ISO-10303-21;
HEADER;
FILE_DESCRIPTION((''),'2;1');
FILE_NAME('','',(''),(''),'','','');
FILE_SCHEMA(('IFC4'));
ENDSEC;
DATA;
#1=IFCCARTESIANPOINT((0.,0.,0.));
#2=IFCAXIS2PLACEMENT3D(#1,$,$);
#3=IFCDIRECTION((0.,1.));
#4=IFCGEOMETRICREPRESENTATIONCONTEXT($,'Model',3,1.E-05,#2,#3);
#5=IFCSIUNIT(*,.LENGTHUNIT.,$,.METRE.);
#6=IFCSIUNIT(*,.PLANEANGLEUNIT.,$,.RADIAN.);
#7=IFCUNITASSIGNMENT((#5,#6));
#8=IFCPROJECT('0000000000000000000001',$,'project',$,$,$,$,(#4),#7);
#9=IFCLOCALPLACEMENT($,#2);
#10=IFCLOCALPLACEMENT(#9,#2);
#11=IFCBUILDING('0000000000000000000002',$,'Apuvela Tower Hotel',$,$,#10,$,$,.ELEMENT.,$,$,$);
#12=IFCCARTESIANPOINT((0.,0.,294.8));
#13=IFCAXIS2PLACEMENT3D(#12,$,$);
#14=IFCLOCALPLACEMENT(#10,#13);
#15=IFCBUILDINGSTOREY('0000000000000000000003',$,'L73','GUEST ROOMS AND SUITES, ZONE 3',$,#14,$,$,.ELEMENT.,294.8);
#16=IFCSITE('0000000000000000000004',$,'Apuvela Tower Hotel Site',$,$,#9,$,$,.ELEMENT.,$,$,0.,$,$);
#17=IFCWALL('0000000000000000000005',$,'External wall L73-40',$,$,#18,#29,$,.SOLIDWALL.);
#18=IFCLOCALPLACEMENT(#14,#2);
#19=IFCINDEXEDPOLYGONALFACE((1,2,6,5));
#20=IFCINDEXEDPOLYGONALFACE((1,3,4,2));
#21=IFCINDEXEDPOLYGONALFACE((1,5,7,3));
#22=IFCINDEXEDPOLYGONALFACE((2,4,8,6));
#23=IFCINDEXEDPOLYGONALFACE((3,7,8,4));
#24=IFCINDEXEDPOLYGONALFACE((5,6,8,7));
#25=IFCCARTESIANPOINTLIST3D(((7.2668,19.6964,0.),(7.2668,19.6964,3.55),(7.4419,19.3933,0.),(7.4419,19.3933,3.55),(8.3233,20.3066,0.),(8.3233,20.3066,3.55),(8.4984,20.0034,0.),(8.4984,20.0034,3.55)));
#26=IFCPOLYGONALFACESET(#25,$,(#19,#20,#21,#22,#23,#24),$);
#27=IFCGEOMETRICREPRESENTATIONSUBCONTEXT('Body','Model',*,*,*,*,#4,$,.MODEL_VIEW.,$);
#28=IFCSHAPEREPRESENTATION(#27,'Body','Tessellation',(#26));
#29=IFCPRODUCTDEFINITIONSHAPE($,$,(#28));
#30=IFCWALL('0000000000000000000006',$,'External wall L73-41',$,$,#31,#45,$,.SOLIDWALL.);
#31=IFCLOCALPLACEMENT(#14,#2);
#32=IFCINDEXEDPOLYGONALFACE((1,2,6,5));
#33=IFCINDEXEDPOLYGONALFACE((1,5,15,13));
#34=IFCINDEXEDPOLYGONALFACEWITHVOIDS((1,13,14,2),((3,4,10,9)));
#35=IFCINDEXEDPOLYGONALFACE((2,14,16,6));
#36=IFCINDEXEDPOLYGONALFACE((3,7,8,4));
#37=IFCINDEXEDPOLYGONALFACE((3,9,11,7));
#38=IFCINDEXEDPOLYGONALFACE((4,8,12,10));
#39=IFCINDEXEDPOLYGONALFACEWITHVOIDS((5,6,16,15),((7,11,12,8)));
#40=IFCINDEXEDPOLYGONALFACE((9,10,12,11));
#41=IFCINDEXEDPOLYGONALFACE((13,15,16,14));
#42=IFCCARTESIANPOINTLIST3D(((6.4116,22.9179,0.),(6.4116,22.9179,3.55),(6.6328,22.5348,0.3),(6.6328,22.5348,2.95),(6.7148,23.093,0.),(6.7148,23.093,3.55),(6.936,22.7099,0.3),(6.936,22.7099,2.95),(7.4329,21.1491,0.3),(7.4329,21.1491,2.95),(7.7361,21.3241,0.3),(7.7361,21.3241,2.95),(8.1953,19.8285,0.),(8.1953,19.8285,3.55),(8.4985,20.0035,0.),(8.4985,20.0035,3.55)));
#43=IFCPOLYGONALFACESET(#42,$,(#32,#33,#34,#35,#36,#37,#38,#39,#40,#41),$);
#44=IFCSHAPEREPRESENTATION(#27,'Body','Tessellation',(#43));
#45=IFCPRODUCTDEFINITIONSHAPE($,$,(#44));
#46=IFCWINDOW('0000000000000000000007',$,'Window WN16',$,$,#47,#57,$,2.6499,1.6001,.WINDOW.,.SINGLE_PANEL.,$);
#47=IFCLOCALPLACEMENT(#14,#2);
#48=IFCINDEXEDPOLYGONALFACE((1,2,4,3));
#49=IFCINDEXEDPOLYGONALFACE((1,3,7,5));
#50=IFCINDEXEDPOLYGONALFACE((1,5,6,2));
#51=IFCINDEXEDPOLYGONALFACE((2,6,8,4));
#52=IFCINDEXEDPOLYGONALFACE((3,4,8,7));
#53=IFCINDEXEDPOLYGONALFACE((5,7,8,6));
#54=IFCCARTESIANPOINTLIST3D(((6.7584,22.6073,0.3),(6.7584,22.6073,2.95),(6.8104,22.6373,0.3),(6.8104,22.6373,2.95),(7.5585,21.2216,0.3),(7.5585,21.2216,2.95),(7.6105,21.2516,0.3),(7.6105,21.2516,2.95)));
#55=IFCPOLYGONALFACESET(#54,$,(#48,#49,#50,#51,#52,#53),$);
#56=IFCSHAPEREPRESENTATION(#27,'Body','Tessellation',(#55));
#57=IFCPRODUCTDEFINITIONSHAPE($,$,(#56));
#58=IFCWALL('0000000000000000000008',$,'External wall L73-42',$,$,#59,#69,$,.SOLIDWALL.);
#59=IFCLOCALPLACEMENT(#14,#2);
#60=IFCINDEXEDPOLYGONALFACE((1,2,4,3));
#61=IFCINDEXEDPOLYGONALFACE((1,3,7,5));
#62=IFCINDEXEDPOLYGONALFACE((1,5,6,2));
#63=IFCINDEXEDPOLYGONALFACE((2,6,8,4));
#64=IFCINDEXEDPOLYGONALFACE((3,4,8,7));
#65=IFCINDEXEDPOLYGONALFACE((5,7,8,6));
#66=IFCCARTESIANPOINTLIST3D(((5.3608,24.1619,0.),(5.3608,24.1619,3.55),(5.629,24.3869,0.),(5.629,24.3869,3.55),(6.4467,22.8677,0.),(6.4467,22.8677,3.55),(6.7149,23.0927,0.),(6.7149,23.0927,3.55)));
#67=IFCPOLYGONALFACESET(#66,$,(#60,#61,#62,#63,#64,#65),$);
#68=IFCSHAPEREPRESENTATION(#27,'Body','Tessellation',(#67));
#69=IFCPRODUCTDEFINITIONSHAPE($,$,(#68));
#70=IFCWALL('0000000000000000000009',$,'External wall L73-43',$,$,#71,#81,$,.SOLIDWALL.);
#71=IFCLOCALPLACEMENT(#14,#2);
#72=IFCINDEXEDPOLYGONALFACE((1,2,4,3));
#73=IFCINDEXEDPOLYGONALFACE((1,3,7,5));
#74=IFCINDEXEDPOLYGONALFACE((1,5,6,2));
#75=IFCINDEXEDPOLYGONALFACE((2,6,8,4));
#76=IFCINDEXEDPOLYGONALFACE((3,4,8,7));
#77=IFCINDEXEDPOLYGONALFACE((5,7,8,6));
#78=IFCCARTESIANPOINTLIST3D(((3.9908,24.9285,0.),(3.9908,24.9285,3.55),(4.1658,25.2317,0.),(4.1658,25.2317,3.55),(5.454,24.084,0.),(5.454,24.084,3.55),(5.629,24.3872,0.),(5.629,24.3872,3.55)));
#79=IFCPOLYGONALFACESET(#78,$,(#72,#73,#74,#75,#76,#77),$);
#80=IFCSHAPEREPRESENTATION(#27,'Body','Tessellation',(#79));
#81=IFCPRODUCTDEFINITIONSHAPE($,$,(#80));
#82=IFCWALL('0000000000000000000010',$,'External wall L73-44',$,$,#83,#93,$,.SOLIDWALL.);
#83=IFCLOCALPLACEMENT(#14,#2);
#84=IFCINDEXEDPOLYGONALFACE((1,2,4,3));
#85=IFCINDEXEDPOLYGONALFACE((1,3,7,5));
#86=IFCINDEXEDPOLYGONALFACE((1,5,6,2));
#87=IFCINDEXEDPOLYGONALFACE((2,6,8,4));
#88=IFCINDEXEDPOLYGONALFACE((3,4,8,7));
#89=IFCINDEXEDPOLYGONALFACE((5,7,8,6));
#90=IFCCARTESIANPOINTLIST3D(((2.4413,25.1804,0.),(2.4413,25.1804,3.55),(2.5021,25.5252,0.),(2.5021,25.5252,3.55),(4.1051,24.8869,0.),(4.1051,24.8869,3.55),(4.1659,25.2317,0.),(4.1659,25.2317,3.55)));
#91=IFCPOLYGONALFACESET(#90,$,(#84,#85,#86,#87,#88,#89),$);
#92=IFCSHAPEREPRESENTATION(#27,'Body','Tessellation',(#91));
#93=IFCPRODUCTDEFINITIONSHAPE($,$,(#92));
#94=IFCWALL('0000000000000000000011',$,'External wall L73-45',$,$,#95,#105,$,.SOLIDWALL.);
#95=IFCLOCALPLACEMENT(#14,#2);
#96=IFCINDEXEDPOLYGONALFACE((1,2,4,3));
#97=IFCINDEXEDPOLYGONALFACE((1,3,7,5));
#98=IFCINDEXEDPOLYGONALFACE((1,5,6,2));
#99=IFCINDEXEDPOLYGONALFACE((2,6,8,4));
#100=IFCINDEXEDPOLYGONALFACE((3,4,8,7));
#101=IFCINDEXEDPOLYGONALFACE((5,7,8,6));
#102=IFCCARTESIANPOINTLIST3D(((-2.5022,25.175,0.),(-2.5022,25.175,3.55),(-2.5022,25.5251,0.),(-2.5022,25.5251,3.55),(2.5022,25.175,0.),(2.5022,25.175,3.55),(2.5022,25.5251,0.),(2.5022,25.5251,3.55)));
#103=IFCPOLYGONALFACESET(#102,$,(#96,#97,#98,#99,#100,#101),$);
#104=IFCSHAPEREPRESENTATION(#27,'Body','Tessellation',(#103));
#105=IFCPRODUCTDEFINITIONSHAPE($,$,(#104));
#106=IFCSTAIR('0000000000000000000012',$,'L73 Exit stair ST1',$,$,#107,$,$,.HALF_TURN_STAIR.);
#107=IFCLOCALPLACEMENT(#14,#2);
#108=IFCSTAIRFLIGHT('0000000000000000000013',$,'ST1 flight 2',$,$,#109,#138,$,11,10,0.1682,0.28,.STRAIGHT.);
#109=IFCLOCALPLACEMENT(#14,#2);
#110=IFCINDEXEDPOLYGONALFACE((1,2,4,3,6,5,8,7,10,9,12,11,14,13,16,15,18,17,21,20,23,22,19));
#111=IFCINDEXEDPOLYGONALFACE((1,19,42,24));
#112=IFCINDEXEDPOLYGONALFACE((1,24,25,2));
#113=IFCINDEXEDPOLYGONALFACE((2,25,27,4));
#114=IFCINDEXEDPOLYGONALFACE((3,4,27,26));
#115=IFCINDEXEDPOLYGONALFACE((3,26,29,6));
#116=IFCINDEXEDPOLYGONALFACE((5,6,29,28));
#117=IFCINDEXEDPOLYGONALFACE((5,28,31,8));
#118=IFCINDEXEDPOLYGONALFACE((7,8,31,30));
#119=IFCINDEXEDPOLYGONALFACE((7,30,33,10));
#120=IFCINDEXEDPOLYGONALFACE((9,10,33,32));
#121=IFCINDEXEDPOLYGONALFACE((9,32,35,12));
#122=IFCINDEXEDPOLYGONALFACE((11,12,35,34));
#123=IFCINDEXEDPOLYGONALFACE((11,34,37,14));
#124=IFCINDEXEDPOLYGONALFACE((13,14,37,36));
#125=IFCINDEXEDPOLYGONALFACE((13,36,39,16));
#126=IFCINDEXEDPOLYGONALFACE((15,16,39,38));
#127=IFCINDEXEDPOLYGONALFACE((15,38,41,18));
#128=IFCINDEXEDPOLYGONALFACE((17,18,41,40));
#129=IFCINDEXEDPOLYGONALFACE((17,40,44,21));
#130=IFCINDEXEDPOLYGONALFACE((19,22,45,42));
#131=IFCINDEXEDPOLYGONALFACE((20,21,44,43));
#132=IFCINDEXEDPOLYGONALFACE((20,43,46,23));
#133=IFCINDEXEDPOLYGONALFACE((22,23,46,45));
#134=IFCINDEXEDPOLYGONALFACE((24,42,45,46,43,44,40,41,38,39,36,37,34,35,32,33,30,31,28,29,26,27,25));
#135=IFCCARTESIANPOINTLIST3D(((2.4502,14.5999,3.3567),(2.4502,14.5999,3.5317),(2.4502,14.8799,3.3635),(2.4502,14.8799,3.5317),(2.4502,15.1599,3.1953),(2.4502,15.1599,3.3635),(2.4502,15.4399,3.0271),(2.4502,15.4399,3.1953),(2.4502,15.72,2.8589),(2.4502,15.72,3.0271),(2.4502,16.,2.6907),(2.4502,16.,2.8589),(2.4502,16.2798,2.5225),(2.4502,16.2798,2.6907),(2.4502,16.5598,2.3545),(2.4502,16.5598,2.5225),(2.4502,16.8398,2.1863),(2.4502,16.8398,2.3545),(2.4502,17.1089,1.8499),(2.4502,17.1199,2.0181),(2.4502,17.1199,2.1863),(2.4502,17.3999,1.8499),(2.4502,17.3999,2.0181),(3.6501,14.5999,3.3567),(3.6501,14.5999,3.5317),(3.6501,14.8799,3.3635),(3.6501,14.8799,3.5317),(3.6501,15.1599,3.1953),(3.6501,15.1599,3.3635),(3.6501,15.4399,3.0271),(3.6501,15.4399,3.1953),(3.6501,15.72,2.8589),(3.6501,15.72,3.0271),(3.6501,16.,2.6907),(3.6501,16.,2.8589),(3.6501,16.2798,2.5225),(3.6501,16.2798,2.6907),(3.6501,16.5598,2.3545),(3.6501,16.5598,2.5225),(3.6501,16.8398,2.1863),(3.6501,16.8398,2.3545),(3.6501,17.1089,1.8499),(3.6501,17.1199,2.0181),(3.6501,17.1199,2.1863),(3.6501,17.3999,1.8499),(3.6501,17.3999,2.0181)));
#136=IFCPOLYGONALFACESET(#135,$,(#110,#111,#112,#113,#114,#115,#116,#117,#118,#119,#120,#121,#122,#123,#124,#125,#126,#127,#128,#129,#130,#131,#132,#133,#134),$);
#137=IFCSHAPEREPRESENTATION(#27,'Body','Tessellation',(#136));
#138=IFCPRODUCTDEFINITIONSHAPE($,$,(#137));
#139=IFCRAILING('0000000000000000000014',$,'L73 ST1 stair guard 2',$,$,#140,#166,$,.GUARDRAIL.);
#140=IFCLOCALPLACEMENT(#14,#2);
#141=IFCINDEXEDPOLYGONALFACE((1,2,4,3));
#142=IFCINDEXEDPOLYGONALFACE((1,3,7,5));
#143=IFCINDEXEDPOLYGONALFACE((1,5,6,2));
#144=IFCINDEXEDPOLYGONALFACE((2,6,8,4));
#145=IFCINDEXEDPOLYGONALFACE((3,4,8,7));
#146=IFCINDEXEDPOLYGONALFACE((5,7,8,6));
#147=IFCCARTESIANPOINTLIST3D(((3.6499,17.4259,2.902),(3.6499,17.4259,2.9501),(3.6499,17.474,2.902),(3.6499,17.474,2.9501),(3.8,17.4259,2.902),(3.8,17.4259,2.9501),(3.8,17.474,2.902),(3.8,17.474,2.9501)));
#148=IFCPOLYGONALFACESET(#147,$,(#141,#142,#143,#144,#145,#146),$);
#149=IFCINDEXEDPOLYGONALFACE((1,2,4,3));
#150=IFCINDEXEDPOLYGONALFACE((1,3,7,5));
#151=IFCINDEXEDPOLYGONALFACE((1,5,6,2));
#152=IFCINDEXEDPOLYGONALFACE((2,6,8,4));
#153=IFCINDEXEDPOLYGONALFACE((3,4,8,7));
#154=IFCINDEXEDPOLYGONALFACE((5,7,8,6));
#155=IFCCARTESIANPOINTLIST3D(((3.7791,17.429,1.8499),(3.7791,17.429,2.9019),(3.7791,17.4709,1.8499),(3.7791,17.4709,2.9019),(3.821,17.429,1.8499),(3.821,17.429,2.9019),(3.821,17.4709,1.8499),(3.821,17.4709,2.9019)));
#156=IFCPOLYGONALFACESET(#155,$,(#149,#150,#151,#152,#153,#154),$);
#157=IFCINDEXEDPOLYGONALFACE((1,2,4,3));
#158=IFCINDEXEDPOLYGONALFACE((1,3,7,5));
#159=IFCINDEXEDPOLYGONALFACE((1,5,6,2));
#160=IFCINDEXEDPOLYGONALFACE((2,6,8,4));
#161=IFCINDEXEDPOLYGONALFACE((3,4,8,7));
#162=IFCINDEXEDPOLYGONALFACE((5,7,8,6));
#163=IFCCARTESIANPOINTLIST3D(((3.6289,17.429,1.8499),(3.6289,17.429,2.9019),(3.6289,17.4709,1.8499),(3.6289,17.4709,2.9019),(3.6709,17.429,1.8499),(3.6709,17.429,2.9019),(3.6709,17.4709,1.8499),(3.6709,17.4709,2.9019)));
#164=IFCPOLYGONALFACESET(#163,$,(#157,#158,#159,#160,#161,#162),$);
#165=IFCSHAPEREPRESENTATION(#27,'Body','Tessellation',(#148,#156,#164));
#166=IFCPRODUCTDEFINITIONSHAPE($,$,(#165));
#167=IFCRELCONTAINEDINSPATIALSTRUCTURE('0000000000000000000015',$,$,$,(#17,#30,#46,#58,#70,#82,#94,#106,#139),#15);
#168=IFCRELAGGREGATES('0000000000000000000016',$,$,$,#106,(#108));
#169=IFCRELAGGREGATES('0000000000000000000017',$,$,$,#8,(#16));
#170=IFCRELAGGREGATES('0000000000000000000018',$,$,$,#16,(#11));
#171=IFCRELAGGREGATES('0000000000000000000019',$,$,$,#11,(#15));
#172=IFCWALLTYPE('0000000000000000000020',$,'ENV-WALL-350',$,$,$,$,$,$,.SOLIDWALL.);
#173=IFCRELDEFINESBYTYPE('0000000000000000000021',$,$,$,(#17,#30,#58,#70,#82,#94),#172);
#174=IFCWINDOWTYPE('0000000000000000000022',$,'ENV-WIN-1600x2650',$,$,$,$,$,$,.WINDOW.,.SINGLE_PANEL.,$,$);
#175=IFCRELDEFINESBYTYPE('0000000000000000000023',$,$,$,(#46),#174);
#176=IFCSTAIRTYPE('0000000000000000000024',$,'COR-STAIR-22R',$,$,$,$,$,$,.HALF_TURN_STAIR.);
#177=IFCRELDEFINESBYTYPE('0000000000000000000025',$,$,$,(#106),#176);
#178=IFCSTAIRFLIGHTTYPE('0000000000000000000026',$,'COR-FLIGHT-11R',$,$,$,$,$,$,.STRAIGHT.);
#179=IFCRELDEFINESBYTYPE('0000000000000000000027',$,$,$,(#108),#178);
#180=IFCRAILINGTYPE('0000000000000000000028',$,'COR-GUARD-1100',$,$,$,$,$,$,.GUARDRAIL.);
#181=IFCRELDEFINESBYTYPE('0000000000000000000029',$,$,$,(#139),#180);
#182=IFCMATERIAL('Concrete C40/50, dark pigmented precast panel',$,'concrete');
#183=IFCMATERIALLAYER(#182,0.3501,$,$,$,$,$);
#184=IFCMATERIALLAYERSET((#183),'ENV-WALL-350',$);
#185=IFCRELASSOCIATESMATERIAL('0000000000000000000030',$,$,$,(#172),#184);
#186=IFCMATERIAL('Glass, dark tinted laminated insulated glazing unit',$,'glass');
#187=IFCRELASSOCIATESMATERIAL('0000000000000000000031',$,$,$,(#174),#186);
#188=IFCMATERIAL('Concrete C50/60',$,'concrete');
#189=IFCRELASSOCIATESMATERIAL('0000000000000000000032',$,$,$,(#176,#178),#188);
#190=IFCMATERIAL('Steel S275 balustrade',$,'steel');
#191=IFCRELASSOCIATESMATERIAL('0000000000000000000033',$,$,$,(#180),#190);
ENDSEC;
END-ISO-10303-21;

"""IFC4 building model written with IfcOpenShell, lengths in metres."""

from ifc_helpers import new_model, si_unit, direction, frame, frame_2d, origin, origin_2d, place, context, subcontext, project, spatial, polyline, rectangle, outline, extrude, material, layer, layer_set, type_object, element, fill, aggregate, save


model = new_model("IFC4")

# Units and contexts
model_context = context("Model", 3, precision=1e-05, world=origin(), true_north=direction((0.0, 1.0)))
body_context = subcontext(model_context, "Body", "Model", "MODEL_VIEW")
ifc_project = project(units=[si_unit("LENGTHUNIT", "METRE"), si_unit("PLANEANGLEUNIT", "RADIAN")], contexts=[model_context])

# Site, building, storey
site_placement = place(None, origin())
site = spatial("IfcSite", under=ifc_project, at=site_placement, Name="Apuvela Tower Hotel Site", CompositionType="ELEMENT", RefElevation=0.0)
building_placement = place(site_placement, origin())
building = spatial("IfcBuilding", under=site, at=building_placement, Name="Apuvela Tower Hotel", CompositionType="ELEMENT")
storey_placement = place(building_placement, frame((0.0, 0.0, 294.8)))
storey = spatial("IfcBuildingStorey", under=building, at=storey_placement, Name="L73", Description="GUEST ROOMS AND SUITES, ZONE 3", CompositionType="ELEMENT", Elevation=294.8)

# Wall
ifc_material_1 = material(Name="Concrete C50/60", Category="concrete")
ifc_material_2 = material(Name="Concrete C40/50, dark pigmented precast panel", Category="concrete")
ifc_layer_1 = layer(ifc_material_2, 0.3501)
ifc_layer_set_1 = layer_set([ifc_layer_1], Name="ENV-WALL-350")
wall_type_1 = type_object("IfcWallType", Name="ENV-WALL-350", PredefinedType="SOLIDWALL", material=ifc_layer_set_1)
wall_1_placement = place(storey_placement, frame((7.3545, 19.5449, 0.0), z_axis=(0.0, 0.0, 1.0), x_axis=(0.865956, 0.500121, 0.0)))
element("IfcWall", 1, at=wall_1_placement, inside=storey, type_object=wall_type_1, Name="External wall L73-40", PredefinedType="SOLIDWALL", context=body_context, shape_type="SweptSolid", body=[
    extrude(rectangle(XDim=1.22, YDim=0.3501, at=frame_2d((0.6099, 0.0))), origin(), (0.0, 0.0, 1.0), 3.55),
])

# Wall, opening, window
wall_2_placement = place(storey_placement, frame((8.3469, 19.916, 0.0), z_axis=(0.0, 0.0, 1.0), x_axis=(-0.500011, 0.866019, 0.0)))
wall_2 = element("IfcWall", 2, at=wall_2_placement, inside=storey, type_object=wall_type_1, Name="External wall L73-41", PredefinedType="SOLIDWALL", context=body_context, shape_type="SweptSolid", body=[
    extrude(rectangle(XDim=3.5674, YDim=0.3501, at=frame_2d((1.7837, 0.0))), origin(), (0.0, 0.0, 1.0), 3.55),
])
opening_1_placement = place(wall_2_placement, frame((1.5249, 0.0, 0.3)))
opening_1 = element("IfcOpeningElement", 3, at=opening_1_placement, cuts=wall_2, PredefinedType="OPENING", context=body_context, shape_type="SweptSolid", body=[
    extrude(rectangle(XDim=1.6001, YDim=2.6499, at=frame_2d((0.8, 1.325))), frame((0.0, 0.1851, 0.0), z_axis=(0.0, -1.0, 0.0), x_axis=(1.0, 0.0, 0.0)), (0.0, 0.0, 1.0), 0.3701),
])
ifc_material_3 = material(Name="Glass, dark tinted laminated insulated glazing unit", Category="glass")
window_type = type_object("IfcWindowType", Name="ENV-WIN-1600x2650", PartitioningType="SINGLE_PANEL", PredefinedType="WINDOW", material=ifc_material_3)
window_placement = place(opening_1_placement, origin())
window = element("IfcWindow", 4, at=window_placement, inside=storey, type_object=window_type, Name="Window WN16", OverallHeight=2.6499, OverallWidth=1.6001, PartitioningType="SINGLE_PANEL", PredefinedType="WINDOW", context=body_context, shape_type="SweptSolid", body=[
    extrude(rectangle(XDim=1.6001, YDim=2.6499, at=frame_2d((0.8, 1.325))), frame((0.0, 0.03, 0.0), z_axis=(0.0, -1.0, 0.0), x_axis=(1.0, 0.0, 0.0)), (0.0, 0.0, 1.0), 0.0601),
])
fill(opening_1, window)

# Walls
for number, where, z_axis, x_axis, name in (
    (5, (6.5808, 22.9802, 0.0), (0.0, 0.0, 1.0), (-0.642782, 0.766049, 0.0), "External wall L73-42"),
    (6, (5.5415, 24.2356, 0.0), (0.0, 0.0, 1.0), (-0.866092, 0.499885, 0.0), "External wall L73-43"),
    (7, (4.1355, 25.0593, 0.0), (0.0, 0.0, 1.0), (-0.9848, 0.173695, 0.0), "External wall L73-44"),
):
    element("IfcWall", number, at=place(storey_placement, frame(where, z_axis=z_axis, x_axis=x_axis)), inside=storey, type_object=wall_type_1, Name=name, PredefinedType="SOLIDWALL", context=body_context, shape_type="SweptSolid", body=[
        extrude(rectangle(XDim=1.6895, YDim=0.3501, at=frame_2d((0.8447, 0.0))), origin(), (0.0, 0.0, 1.0), 3.55),
    ])
wall_3_placement = place(storey_placement, frame((2.5022, 25.3501, 0.0), z_axis=(0.0, 0.0, 1.0), x_axis=(-1.0, 0.0, 0.0)))
element("IfcWall", 8, at=wall_3_placement, inside=storey, type_object=wall_type_1, Name="External wall L73-45", PredefinedType="SOLIDWALL", context=body_context, shape_type="SweptSolid", body=[
    extrude(rectangle(XDim=5.0044, YDim=0.3501, at=frame_2d((2.5022, 0.0))), origin(), (0.0, 0.0, 1.0), 3.55),
])

# Stair, stair flight
stair_type = type_object("IfcStairType", Name="COR-STAIR-22R", PredefinedType="HALF_TURN_STAIR", material=ifc_material_1)
stair_placement = place(storey_placement, origin())
stair = element("IfcStair", 9, at=stair_placement, inside=storey, type_object=stair_type, Name="L73 Exit stair ST1", PredefinedType="HALF_TURN_STAIR")
stair_flight_type = type_object("IfcStairFlightType", Name="COR-FLIGHT-11R", PredefinedType="STRAIGHT", material=ifc_material_1)
stair_flight_placement = place(storey_placement, frame((3.05, 17.3999, 1.8499), z_axis=(0.0, 0.0, 1.0), x_axis=(0.0, -1.0, 0.0)))
stair_flight = element("IfcStairFlight", 10, at=stair_flight_placement, type_object=stair_flight_type, Name="ST1 flight 2", NumberOfRisers=11, NumberOfTreads=10, PredefinedType="STRAIGHT", RiserHeight=0.1682, TreadLength=0.28, context=body_context, shape_type="SweptSolid", body=[
    extrude(outline(polyline([(0.0, 0.0), (0.0, 0.1682), (0.28, 0.1682), (0.28, 0.3364), (0.5601, 0.3364), (0.5601, 0.5046), (0.8401, 0.5046), (0.8401, 0.6726), (1.1201, 0.6726), (1.1201, 0.8408), (1.3999, 0.8408), (1.3999, 1.009), (1.6799, 1.009), (1.6799, 1.1772), (1.96, 1.1772), (1.96, 1.3455), (2.24, 1.3455), (2.24, 1.5137), (2.52, 1.5137), (2.52, 1.6819), (2.8, 1.6819), (2.8, 1.8501), (2.8, 1.5068), (0.291, 0.0), (0.0, 0.0)])), frame((0.0, 0.6001, 0.0), z_axis=(0.0, -1.0, 0.0), x_axis=(1.0, 0.0, 0.0)), (0.0, 0.0, 1.0), 1.2),
])
aggregate(stair, [stair_flight])

# Railing
ifc_material_4 = material(Name="Steel S275 balustrade", Category="steel")
railing_type = type_object("IfcRailingType", Name="COR-GUARD-1100", PredefinedType="GUARDRAIL", material=ifc_material_4)
railing_1_placement = place(storey_placement, frame((3.8, 17.45, 1.8499)))
element("IfcRailing", 11, at=railing_1_placement, inside=storey, type_object=railing_type, Name="L73 ST1 stair guard 2", PredefinedType="GUARDRAIL", context=body_context, shape_type="SweptSolid", body=[
    extrude(rectangle(XDim=0.0481, YDim=0.0481, at=origin_2d()), frame((0.0, 0.0, 1.0762), z_axis=(-1.0, 0.0, 0.0), x_axis=(0.0, -1.0, 0.0)), (0.0, 0.0, 1.0), 0.1501),
    extrude(rectangle(XDim=0.042, YDim=0.042, at=origin_2d()), origin(), (0.0, 0.0, 1.0), 1.052),
    extrude(rectangle(XDim=0.042, YDim=0.042, at=origin_2d()), frame((-0.1501, 0.0, 0.0)), (0.0, 0.0, 1.0), 1.052),
])

save(model, "model.ifc")
